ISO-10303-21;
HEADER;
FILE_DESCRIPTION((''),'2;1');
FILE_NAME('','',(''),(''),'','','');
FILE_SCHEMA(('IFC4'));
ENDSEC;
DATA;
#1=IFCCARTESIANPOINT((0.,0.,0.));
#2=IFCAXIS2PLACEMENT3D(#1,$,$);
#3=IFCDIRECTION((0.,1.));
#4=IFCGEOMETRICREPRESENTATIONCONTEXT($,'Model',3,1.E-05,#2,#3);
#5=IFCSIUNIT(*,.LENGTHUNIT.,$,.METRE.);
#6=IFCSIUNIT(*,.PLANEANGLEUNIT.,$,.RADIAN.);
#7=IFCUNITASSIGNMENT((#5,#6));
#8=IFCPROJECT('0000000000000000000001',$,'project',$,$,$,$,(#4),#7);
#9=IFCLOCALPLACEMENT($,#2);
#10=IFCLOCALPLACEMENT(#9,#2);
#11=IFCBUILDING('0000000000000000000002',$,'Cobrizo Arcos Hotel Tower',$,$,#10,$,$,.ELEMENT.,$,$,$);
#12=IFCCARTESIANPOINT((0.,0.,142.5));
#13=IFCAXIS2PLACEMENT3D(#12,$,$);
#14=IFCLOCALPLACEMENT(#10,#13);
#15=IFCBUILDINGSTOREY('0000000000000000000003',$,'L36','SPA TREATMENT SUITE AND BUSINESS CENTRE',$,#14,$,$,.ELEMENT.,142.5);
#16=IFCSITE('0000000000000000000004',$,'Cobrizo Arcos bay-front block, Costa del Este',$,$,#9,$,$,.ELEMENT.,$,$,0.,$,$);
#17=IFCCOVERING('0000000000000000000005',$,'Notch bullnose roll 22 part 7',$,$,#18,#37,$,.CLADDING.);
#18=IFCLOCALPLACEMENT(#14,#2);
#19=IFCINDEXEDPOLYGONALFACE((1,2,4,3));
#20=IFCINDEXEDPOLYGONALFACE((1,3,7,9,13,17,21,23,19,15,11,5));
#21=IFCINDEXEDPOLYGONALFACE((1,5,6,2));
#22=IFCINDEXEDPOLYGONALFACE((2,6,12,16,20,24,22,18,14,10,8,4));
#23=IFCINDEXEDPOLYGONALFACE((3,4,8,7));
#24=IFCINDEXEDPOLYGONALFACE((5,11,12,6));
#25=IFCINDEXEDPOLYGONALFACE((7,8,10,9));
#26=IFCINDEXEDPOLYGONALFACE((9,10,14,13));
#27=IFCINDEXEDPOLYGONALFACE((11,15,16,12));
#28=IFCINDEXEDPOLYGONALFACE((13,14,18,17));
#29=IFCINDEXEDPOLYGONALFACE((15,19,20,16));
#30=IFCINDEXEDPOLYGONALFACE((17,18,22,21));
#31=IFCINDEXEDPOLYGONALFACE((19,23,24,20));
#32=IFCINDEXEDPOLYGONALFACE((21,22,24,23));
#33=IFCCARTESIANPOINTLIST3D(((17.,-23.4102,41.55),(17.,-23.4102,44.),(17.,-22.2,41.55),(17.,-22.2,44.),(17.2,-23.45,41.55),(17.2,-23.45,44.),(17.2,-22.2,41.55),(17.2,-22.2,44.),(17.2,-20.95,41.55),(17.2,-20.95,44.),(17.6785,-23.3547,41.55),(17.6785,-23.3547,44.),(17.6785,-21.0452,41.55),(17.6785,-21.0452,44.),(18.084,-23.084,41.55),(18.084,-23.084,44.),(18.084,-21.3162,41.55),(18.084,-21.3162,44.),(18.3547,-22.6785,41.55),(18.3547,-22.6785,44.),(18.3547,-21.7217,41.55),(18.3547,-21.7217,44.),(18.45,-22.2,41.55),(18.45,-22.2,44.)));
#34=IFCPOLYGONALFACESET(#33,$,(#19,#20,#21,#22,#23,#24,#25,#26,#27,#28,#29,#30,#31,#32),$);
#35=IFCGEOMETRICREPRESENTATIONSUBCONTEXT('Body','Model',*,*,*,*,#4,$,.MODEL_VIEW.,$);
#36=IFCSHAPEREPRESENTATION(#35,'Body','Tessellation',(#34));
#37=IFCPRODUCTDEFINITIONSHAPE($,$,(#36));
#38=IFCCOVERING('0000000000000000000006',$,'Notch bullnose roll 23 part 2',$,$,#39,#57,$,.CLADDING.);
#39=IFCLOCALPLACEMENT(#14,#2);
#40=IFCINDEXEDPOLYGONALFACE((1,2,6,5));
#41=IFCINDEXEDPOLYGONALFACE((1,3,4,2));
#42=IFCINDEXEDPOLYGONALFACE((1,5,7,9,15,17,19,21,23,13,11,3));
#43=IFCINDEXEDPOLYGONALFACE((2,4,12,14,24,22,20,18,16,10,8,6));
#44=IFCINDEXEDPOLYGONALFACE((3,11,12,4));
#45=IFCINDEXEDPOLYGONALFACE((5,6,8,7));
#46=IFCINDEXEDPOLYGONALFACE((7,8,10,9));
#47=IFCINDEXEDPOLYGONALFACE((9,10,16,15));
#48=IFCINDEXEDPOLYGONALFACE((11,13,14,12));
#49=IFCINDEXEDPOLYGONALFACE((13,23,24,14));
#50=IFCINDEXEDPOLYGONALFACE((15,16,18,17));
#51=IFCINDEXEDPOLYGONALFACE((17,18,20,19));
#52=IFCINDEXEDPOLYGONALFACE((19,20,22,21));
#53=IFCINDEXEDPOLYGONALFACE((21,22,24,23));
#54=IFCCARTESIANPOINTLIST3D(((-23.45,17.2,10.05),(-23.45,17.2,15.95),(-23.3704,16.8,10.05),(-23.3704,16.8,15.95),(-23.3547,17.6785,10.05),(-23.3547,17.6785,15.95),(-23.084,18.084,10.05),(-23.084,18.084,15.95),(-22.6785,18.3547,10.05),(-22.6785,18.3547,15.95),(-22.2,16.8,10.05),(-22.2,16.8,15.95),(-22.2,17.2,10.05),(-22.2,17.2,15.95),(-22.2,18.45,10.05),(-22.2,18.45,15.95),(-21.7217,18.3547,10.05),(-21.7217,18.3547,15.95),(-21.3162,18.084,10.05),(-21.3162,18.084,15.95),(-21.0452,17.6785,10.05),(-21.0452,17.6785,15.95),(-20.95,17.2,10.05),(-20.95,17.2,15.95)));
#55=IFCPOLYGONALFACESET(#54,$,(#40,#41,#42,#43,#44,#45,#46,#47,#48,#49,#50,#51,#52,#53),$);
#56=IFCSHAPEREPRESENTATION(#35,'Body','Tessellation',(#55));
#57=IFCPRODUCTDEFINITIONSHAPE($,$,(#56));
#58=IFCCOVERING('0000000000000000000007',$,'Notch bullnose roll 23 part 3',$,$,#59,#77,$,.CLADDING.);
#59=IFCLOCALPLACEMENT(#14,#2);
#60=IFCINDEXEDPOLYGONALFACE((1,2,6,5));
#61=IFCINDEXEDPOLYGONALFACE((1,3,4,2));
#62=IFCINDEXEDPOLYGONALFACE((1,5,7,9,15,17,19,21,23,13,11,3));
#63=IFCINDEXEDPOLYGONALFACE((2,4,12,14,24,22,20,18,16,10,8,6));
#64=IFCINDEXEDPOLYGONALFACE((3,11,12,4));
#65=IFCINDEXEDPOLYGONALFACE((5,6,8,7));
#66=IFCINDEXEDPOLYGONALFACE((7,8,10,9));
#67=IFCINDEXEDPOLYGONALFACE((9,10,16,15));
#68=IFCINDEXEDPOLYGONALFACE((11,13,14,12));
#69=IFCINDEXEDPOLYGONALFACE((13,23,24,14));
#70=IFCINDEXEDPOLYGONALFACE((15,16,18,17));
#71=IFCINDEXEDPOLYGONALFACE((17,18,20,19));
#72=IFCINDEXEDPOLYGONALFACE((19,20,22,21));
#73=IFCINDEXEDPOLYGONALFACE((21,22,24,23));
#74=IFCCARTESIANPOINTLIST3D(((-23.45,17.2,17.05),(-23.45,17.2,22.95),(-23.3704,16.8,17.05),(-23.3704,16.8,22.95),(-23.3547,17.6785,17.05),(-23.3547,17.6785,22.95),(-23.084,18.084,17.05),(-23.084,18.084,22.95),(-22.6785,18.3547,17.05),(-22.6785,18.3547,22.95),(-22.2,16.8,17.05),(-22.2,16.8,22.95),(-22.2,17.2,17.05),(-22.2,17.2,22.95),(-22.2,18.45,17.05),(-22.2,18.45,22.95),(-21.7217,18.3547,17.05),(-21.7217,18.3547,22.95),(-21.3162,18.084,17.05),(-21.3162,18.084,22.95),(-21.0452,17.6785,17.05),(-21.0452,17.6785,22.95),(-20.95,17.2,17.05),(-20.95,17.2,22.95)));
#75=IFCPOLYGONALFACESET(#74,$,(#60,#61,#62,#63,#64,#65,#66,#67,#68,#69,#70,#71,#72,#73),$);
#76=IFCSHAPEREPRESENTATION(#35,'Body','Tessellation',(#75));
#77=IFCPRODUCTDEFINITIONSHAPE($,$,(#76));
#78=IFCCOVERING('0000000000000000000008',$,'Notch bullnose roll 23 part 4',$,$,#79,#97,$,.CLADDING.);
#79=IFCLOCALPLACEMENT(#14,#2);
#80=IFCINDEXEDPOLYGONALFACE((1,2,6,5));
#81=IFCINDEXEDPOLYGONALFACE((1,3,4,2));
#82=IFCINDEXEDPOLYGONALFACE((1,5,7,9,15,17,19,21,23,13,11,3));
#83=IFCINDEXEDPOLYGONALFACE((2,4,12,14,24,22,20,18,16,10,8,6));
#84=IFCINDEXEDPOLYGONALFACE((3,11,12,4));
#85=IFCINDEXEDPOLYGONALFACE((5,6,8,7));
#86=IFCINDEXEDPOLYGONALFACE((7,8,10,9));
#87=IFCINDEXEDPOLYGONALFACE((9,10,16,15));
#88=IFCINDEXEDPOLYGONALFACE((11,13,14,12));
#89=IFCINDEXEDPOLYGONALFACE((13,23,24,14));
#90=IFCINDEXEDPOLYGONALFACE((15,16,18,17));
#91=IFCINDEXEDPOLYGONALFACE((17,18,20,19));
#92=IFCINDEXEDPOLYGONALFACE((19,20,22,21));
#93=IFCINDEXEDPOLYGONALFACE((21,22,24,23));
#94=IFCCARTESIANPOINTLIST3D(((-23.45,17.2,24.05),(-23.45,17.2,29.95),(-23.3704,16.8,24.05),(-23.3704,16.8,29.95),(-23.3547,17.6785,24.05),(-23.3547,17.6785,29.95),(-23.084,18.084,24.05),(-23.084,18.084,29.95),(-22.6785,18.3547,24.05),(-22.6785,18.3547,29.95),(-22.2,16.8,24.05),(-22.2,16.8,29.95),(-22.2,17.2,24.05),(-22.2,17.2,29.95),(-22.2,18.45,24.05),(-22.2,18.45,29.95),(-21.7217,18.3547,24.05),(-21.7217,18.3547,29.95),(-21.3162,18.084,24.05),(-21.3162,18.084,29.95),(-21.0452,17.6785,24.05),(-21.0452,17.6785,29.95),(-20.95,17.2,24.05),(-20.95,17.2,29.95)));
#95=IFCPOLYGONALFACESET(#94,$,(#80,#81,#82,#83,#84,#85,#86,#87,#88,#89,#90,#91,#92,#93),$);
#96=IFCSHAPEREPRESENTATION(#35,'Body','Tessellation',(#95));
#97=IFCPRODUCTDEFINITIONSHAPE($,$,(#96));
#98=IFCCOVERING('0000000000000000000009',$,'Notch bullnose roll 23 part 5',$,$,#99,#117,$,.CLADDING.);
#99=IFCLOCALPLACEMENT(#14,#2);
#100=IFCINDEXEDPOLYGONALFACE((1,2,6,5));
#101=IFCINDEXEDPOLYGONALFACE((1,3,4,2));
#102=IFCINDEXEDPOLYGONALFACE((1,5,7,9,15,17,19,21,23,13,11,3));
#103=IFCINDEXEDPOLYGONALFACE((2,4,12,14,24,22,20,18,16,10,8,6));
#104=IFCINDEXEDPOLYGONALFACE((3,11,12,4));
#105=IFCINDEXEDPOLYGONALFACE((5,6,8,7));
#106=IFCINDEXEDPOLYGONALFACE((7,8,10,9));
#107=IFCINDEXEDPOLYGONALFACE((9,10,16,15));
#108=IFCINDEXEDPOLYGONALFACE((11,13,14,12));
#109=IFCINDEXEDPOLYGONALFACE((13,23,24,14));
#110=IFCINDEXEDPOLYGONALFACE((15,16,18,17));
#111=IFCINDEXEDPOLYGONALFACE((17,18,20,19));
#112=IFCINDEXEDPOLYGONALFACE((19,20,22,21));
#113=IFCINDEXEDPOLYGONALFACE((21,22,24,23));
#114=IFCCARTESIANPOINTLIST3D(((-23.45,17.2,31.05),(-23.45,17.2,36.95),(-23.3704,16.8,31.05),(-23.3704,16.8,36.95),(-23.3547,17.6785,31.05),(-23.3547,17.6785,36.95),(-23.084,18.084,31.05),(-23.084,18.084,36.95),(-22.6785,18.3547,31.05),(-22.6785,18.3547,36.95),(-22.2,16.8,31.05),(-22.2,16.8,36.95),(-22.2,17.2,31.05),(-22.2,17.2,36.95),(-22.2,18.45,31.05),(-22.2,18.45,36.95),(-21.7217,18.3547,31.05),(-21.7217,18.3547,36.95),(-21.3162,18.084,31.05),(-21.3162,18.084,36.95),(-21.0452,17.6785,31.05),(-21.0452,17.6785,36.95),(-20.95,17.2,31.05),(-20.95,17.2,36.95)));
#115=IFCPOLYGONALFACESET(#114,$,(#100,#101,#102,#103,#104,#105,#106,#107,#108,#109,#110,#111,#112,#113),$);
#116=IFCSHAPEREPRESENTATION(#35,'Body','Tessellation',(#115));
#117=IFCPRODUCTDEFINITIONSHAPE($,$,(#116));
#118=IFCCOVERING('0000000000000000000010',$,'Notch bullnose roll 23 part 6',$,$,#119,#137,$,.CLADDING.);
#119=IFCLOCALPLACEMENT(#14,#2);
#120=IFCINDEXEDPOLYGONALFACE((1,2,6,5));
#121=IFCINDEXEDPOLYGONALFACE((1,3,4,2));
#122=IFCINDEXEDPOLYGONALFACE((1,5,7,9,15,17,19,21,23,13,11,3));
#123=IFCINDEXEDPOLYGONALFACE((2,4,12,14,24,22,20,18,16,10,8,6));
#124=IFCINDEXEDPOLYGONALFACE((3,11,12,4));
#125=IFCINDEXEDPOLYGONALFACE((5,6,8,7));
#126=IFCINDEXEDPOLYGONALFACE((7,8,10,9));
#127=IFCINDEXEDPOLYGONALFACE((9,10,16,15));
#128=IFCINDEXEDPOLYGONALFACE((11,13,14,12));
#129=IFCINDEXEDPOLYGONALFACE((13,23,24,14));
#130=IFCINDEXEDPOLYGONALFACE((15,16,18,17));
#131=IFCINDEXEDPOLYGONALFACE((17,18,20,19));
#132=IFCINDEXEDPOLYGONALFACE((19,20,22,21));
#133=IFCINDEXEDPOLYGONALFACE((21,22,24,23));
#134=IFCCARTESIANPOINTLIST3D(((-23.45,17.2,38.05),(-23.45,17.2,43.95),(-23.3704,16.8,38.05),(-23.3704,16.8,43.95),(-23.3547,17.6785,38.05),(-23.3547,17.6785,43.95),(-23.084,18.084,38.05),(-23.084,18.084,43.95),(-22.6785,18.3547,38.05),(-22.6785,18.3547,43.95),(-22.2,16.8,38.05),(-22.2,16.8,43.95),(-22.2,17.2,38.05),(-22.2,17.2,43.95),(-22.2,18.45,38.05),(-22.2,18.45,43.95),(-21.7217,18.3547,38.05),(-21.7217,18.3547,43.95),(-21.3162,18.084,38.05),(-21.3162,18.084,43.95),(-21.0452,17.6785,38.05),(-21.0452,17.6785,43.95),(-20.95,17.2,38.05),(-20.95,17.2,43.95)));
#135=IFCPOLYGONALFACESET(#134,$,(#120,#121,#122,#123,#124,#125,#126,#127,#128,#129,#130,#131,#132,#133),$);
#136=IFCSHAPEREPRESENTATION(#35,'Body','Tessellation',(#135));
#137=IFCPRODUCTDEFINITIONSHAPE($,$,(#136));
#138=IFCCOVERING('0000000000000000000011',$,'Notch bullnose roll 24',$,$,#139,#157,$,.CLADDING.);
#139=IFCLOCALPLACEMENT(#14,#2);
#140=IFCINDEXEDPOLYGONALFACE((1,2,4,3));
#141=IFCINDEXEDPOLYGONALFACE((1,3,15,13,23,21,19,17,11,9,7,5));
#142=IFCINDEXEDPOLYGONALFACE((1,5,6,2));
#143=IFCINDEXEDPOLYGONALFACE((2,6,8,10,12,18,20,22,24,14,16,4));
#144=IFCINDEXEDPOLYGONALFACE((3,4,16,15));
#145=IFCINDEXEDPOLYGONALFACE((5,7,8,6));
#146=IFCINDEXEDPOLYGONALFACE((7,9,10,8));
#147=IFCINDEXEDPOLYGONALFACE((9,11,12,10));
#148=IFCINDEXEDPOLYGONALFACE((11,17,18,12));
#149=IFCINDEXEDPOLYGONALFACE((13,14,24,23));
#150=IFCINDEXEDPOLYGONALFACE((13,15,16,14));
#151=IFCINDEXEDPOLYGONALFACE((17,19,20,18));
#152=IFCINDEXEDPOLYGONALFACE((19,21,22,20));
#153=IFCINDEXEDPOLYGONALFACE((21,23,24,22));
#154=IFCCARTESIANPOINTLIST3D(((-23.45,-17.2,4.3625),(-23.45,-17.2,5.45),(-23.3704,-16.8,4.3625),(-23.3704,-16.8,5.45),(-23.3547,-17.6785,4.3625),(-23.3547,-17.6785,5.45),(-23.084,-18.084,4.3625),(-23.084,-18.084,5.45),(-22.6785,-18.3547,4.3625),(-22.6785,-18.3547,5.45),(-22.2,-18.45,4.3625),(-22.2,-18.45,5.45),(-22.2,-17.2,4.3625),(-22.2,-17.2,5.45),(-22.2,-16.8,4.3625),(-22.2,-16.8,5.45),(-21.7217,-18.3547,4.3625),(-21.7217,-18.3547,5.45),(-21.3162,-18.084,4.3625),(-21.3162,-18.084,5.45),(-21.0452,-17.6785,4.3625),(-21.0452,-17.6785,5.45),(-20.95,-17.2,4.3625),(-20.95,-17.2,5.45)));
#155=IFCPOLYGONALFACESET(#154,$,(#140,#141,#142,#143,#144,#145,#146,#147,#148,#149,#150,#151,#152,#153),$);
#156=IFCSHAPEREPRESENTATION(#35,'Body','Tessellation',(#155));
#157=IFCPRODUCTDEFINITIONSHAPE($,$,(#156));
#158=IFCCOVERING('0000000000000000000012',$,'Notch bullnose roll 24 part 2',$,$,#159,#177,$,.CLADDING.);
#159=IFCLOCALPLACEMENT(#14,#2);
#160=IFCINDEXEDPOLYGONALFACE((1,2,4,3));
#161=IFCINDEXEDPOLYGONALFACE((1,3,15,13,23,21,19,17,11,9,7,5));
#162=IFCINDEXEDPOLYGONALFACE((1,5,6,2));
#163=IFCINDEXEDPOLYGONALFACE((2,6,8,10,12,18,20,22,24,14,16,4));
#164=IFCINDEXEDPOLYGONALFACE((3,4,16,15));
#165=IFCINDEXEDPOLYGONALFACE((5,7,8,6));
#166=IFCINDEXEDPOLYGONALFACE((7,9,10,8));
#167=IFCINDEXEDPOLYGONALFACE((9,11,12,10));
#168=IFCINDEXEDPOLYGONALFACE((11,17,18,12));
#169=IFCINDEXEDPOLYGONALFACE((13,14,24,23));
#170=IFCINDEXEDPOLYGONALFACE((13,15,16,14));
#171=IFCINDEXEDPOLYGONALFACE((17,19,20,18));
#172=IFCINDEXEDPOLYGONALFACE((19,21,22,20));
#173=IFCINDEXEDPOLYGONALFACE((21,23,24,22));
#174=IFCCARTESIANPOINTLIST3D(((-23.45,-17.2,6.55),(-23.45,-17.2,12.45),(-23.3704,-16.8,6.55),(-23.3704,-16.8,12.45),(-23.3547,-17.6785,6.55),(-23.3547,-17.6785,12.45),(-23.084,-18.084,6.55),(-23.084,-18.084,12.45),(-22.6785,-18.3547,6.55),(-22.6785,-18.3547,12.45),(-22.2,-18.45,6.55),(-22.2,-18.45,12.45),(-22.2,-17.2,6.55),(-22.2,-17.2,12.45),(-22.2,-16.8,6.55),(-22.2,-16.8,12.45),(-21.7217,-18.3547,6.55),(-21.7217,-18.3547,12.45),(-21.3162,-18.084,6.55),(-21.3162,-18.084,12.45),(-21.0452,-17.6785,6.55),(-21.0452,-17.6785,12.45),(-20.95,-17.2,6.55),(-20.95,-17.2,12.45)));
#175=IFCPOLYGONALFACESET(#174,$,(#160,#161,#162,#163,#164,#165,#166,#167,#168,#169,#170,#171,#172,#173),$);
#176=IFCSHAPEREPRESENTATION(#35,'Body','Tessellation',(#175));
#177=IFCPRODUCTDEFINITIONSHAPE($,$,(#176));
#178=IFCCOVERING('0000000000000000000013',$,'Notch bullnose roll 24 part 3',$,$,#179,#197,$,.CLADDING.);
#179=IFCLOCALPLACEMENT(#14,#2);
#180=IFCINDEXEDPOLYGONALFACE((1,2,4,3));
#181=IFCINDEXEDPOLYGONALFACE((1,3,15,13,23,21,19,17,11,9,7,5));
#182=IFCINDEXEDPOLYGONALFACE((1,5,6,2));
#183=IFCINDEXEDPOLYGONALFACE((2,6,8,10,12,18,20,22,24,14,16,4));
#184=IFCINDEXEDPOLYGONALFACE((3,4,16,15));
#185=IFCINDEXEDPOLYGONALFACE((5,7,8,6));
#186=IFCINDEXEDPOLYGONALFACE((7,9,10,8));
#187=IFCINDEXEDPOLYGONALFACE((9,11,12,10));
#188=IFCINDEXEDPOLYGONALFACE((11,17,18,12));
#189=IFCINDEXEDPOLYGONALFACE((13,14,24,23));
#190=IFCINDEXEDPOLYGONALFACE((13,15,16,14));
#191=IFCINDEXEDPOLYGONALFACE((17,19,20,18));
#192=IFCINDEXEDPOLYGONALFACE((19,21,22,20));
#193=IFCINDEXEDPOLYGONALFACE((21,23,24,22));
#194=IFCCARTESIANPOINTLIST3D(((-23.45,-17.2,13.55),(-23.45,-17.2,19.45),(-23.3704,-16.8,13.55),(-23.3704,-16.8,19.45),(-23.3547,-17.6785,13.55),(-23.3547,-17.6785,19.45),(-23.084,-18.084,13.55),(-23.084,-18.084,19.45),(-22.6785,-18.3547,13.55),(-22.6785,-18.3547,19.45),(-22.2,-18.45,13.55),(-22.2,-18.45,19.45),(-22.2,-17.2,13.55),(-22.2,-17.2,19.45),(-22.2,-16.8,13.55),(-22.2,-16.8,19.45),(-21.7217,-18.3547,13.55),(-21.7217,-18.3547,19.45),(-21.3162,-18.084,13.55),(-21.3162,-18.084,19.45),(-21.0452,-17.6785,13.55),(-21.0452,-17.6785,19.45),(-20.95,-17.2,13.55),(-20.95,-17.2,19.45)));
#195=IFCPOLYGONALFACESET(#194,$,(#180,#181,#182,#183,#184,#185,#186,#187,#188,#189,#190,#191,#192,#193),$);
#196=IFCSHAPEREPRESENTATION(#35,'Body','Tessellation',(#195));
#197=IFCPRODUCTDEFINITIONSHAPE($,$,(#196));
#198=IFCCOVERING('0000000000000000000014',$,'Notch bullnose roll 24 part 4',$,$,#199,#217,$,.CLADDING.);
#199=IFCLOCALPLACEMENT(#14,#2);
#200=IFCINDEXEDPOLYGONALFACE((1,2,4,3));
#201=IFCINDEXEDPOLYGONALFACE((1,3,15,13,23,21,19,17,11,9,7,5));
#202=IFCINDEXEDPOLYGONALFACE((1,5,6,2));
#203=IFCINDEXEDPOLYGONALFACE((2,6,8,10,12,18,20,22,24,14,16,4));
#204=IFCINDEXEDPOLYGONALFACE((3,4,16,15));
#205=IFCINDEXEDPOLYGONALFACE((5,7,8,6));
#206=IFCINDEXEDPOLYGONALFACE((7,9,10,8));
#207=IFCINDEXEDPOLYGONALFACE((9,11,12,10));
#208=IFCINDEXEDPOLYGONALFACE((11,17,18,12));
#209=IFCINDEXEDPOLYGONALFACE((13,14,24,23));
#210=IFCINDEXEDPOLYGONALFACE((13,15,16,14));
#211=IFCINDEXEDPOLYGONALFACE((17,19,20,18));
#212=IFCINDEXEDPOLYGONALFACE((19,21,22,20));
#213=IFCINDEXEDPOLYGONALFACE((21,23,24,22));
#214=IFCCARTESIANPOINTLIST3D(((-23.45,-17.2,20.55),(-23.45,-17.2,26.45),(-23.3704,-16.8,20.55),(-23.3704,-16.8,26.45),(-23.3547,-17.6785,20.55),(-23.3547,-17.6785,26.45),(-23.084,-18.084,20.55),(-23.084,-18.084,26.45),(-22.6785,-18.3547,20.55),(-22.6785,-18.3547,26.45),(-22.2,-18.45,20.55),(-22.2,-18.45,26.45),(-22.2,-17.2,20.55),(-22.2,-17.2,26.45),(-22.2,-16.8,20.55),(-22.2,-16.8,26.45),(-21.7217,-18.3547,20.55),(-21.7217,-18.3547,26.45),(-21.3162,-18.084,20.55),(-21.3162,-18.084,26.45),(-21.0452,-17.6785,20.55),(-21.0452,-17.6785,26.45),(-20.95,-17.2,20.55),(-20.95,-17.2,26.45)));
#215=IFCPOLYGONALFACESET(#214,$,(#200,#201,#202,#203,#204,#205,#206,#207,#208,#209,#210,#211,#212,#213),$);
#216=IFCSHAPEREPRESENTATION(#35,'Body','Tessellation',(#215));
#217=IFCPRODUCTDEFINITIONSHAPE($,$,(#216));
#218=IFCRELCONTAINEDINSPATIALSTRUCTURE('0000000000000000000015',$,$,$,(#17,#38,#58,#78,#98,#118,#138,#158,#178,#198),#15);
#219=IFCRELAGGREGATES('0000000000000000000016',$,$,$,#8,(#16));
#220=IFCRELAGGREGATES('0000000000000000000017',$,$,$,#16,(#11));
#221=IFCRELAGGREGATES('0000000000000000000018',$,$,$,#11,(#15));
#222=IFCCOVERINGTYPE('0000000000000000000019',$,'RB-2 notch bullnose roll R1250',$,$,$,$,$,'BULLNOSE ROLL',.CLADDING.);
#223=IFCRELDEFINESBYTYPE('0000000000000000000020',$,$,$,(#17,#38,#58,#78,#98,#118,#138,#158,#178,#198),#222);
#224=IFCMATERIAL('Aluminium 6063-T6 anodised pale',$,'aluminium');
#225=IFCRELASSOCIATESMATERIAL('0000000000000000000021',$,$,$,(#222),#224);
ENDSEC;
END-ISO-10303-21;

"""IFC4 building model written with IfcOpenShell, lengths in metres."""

from ifc_helpers import new_model, si_unit, direction, frame, origin, place, context, subcontext, project, spatial, polyline, outline, extrude, material, type_object, element, save


model = new_model("IFC4")

# Units and contexts
model_context = context("Model", 3, precision=1e-05, world=origin(), true_north=direction((0.0, 1.0)))
body_context = subcontext(model_context, "Body", "Model", "MODEL_VIEW")
ifc_project = project(units=[si_unit("LENGTHUNIT", "METRE"), si_unit("PLANEANGLEUNIT", "RADIAN")], contexts=[model_context])

# Site, building, storey
site_placement = place(None, origin())
site = spatial("IfcSite", under=ifc_project, at=site_placement, Name="Cobrizo Arcos bay-front block, Costa del Este", CompositionType="ELEMENT", RefElevation=0.0)
building_placement = place(site_placement, origin())
building = spatial("IfcBuilding", under=site, at=building_placement, Name="Cobrizo Arcos Hotel Tower", CompositionType="ELEMENT")
storey_placement = place(building_placement, frame((0.0, 0.0, 142.5)))
storey = spatial("IfcBuildingStorey", under=building, at=storey_placement, Name="L36", Description="SPA TREATMENT SUITE AND BUSINESS CENTRE", CompositionType="ELEMENT", Elevation=142.5)

# Coverings
ifc_material_1 = material(Name="Aluminium 6063-T6 anodised pale", Category="aluminium")
covering_type = type_object("IfcCoveringType", Name="RB-2 notch bullnose roll R1250", ElementType="BULLNOSE ROLL", PredefinedType="CLADDING", material=ifc_material_1)
covering_1_placement = place(storey_placement, frame((0.0, 0.0, 41.55)))
element("IfcCovering", 1, at=covering_1_placement, inside=storey, type_object=covering_type, Name="Notch bullnose roll 22 part 7", PredefinedType="CLADDING", context=body_context, shape_type="SweptSolid", body=[
    extrude(outline(polyline([(18.084, -21.3162), (17.6785, -21.0452), (17.2, -20.95), (17.2, -22.2), (17.0, -22.2), (17.0, -23.4102), (17.2, -23.45), (17.6785, -23.3547), (18.084, -23.084), (18.3547, -22.6785), (18.45, -22.2), (18.3547, -21.7217), (18.084, -21.3162)])), origin(), (0.0, 0.0, 1.0), 2.45),
])
for number, where, name in (
    (2, (0.0, 0.0, 10.05), "Notch bullnose roll 23 part 2"),
    (3, (0.0, 0.0, 17.05), "Notch bullnose roll 23 part 3"),
    (4, (0.0, 0.0, 24.05), "Notch bullnose roll 23 part 4"),
    (5, (0.0, 0.0, 31.05), "Notch bullnose roll 23 part 5"),
    (6, (0.0, 0.0, 38.05), "Notch bullnose roll 23 part 6"),
):
    element("IfcCovering", number, at=place(storey_placement, frame(where)), inside=storey, type_object=covering_type, Name=name, PredefinedType="CLADDING", context=body_context, shape_type="SweptSolid", body=[
        extrude(outline(polyline([(-21.3162, 18.084), (-21.7217, 18.3547), (-22.2, 18.45), (-22.6785, 18.3547), (-23.084, 18.084), (-23.3547, 17.6785), (-23.45, 17.2), (-23.3704, 16.8), (-22.2, 16.8), (-22.2, 17.2), (-20.95, 17.2), (-21.0452, 17.6785), (-21.3162, 18.084)])), origin(), (0.0, 0.0, 1.0), 5.8999),
    ])
covering_2_placement = place(storey_placement, frame((0.0, 0.0, 4.3625)))
element("IfcCovering", 7, at=covering_2_placement, inside=storey, type_object=covering_type, Name="Notch bullnose roll 24", PredefinedType="CLADDING", context=body_context, shape_type="SweptSolid", body=[
    extrude(outline(polyline([(-21.3162, -18.084), (-21.0452, -17.6785), (-20.95, -17.2), (-22.2, -17.2), (-22.2, -16.8), (-23.3704, -16.8), (-23.45, -17.2), (-23.3547, -17.6785), (-23.084, -18.084), (-22.6785, -18.3547), (-22.2, -18.45), (-21.7217, -18.3547), (-21.3162, -18.084)])), origin(), (0.0, 0.0, 1.0), 1.0874),
])
for number, where, name in (
    (8, (0.0, 0.0, 6.55), "Notch bullnose roll 24 part 2"),
    (9, (0.0, 0.0, 13.55), "Notch bullnose roll 24 part 3"),
    (10, (0.0, 0.0, 20.55), "Notch bullnose roll 24 part 4"),
):
    element("IfcCovering", number, at=place(storey_placement, frame(where)), inside=storey, type_object=covering_type, Name=name, PredefinedType="CLADDING", context=body_context, shape_type="SweptSolid", body=[
        extrude(outline(polyline([(-21.3162, -18.084), (-21.0452, -17.6785), (-20.95, -17.2), (-22.2, -17.2), (-22.2, -16.8), (-23.3704, -16.8), (-23.45, -17.2), (-23.3547, -17.6785), (-23.084, -18.084), (-22.6785, -18.3547), (-22.2, -18.45), (-21.7217, -18.3547), (-21.3162, -18.084)])), origin(), (0.0, 0.0, 1.0), 5.8999),
    ])

save(model, "model.ifc")
